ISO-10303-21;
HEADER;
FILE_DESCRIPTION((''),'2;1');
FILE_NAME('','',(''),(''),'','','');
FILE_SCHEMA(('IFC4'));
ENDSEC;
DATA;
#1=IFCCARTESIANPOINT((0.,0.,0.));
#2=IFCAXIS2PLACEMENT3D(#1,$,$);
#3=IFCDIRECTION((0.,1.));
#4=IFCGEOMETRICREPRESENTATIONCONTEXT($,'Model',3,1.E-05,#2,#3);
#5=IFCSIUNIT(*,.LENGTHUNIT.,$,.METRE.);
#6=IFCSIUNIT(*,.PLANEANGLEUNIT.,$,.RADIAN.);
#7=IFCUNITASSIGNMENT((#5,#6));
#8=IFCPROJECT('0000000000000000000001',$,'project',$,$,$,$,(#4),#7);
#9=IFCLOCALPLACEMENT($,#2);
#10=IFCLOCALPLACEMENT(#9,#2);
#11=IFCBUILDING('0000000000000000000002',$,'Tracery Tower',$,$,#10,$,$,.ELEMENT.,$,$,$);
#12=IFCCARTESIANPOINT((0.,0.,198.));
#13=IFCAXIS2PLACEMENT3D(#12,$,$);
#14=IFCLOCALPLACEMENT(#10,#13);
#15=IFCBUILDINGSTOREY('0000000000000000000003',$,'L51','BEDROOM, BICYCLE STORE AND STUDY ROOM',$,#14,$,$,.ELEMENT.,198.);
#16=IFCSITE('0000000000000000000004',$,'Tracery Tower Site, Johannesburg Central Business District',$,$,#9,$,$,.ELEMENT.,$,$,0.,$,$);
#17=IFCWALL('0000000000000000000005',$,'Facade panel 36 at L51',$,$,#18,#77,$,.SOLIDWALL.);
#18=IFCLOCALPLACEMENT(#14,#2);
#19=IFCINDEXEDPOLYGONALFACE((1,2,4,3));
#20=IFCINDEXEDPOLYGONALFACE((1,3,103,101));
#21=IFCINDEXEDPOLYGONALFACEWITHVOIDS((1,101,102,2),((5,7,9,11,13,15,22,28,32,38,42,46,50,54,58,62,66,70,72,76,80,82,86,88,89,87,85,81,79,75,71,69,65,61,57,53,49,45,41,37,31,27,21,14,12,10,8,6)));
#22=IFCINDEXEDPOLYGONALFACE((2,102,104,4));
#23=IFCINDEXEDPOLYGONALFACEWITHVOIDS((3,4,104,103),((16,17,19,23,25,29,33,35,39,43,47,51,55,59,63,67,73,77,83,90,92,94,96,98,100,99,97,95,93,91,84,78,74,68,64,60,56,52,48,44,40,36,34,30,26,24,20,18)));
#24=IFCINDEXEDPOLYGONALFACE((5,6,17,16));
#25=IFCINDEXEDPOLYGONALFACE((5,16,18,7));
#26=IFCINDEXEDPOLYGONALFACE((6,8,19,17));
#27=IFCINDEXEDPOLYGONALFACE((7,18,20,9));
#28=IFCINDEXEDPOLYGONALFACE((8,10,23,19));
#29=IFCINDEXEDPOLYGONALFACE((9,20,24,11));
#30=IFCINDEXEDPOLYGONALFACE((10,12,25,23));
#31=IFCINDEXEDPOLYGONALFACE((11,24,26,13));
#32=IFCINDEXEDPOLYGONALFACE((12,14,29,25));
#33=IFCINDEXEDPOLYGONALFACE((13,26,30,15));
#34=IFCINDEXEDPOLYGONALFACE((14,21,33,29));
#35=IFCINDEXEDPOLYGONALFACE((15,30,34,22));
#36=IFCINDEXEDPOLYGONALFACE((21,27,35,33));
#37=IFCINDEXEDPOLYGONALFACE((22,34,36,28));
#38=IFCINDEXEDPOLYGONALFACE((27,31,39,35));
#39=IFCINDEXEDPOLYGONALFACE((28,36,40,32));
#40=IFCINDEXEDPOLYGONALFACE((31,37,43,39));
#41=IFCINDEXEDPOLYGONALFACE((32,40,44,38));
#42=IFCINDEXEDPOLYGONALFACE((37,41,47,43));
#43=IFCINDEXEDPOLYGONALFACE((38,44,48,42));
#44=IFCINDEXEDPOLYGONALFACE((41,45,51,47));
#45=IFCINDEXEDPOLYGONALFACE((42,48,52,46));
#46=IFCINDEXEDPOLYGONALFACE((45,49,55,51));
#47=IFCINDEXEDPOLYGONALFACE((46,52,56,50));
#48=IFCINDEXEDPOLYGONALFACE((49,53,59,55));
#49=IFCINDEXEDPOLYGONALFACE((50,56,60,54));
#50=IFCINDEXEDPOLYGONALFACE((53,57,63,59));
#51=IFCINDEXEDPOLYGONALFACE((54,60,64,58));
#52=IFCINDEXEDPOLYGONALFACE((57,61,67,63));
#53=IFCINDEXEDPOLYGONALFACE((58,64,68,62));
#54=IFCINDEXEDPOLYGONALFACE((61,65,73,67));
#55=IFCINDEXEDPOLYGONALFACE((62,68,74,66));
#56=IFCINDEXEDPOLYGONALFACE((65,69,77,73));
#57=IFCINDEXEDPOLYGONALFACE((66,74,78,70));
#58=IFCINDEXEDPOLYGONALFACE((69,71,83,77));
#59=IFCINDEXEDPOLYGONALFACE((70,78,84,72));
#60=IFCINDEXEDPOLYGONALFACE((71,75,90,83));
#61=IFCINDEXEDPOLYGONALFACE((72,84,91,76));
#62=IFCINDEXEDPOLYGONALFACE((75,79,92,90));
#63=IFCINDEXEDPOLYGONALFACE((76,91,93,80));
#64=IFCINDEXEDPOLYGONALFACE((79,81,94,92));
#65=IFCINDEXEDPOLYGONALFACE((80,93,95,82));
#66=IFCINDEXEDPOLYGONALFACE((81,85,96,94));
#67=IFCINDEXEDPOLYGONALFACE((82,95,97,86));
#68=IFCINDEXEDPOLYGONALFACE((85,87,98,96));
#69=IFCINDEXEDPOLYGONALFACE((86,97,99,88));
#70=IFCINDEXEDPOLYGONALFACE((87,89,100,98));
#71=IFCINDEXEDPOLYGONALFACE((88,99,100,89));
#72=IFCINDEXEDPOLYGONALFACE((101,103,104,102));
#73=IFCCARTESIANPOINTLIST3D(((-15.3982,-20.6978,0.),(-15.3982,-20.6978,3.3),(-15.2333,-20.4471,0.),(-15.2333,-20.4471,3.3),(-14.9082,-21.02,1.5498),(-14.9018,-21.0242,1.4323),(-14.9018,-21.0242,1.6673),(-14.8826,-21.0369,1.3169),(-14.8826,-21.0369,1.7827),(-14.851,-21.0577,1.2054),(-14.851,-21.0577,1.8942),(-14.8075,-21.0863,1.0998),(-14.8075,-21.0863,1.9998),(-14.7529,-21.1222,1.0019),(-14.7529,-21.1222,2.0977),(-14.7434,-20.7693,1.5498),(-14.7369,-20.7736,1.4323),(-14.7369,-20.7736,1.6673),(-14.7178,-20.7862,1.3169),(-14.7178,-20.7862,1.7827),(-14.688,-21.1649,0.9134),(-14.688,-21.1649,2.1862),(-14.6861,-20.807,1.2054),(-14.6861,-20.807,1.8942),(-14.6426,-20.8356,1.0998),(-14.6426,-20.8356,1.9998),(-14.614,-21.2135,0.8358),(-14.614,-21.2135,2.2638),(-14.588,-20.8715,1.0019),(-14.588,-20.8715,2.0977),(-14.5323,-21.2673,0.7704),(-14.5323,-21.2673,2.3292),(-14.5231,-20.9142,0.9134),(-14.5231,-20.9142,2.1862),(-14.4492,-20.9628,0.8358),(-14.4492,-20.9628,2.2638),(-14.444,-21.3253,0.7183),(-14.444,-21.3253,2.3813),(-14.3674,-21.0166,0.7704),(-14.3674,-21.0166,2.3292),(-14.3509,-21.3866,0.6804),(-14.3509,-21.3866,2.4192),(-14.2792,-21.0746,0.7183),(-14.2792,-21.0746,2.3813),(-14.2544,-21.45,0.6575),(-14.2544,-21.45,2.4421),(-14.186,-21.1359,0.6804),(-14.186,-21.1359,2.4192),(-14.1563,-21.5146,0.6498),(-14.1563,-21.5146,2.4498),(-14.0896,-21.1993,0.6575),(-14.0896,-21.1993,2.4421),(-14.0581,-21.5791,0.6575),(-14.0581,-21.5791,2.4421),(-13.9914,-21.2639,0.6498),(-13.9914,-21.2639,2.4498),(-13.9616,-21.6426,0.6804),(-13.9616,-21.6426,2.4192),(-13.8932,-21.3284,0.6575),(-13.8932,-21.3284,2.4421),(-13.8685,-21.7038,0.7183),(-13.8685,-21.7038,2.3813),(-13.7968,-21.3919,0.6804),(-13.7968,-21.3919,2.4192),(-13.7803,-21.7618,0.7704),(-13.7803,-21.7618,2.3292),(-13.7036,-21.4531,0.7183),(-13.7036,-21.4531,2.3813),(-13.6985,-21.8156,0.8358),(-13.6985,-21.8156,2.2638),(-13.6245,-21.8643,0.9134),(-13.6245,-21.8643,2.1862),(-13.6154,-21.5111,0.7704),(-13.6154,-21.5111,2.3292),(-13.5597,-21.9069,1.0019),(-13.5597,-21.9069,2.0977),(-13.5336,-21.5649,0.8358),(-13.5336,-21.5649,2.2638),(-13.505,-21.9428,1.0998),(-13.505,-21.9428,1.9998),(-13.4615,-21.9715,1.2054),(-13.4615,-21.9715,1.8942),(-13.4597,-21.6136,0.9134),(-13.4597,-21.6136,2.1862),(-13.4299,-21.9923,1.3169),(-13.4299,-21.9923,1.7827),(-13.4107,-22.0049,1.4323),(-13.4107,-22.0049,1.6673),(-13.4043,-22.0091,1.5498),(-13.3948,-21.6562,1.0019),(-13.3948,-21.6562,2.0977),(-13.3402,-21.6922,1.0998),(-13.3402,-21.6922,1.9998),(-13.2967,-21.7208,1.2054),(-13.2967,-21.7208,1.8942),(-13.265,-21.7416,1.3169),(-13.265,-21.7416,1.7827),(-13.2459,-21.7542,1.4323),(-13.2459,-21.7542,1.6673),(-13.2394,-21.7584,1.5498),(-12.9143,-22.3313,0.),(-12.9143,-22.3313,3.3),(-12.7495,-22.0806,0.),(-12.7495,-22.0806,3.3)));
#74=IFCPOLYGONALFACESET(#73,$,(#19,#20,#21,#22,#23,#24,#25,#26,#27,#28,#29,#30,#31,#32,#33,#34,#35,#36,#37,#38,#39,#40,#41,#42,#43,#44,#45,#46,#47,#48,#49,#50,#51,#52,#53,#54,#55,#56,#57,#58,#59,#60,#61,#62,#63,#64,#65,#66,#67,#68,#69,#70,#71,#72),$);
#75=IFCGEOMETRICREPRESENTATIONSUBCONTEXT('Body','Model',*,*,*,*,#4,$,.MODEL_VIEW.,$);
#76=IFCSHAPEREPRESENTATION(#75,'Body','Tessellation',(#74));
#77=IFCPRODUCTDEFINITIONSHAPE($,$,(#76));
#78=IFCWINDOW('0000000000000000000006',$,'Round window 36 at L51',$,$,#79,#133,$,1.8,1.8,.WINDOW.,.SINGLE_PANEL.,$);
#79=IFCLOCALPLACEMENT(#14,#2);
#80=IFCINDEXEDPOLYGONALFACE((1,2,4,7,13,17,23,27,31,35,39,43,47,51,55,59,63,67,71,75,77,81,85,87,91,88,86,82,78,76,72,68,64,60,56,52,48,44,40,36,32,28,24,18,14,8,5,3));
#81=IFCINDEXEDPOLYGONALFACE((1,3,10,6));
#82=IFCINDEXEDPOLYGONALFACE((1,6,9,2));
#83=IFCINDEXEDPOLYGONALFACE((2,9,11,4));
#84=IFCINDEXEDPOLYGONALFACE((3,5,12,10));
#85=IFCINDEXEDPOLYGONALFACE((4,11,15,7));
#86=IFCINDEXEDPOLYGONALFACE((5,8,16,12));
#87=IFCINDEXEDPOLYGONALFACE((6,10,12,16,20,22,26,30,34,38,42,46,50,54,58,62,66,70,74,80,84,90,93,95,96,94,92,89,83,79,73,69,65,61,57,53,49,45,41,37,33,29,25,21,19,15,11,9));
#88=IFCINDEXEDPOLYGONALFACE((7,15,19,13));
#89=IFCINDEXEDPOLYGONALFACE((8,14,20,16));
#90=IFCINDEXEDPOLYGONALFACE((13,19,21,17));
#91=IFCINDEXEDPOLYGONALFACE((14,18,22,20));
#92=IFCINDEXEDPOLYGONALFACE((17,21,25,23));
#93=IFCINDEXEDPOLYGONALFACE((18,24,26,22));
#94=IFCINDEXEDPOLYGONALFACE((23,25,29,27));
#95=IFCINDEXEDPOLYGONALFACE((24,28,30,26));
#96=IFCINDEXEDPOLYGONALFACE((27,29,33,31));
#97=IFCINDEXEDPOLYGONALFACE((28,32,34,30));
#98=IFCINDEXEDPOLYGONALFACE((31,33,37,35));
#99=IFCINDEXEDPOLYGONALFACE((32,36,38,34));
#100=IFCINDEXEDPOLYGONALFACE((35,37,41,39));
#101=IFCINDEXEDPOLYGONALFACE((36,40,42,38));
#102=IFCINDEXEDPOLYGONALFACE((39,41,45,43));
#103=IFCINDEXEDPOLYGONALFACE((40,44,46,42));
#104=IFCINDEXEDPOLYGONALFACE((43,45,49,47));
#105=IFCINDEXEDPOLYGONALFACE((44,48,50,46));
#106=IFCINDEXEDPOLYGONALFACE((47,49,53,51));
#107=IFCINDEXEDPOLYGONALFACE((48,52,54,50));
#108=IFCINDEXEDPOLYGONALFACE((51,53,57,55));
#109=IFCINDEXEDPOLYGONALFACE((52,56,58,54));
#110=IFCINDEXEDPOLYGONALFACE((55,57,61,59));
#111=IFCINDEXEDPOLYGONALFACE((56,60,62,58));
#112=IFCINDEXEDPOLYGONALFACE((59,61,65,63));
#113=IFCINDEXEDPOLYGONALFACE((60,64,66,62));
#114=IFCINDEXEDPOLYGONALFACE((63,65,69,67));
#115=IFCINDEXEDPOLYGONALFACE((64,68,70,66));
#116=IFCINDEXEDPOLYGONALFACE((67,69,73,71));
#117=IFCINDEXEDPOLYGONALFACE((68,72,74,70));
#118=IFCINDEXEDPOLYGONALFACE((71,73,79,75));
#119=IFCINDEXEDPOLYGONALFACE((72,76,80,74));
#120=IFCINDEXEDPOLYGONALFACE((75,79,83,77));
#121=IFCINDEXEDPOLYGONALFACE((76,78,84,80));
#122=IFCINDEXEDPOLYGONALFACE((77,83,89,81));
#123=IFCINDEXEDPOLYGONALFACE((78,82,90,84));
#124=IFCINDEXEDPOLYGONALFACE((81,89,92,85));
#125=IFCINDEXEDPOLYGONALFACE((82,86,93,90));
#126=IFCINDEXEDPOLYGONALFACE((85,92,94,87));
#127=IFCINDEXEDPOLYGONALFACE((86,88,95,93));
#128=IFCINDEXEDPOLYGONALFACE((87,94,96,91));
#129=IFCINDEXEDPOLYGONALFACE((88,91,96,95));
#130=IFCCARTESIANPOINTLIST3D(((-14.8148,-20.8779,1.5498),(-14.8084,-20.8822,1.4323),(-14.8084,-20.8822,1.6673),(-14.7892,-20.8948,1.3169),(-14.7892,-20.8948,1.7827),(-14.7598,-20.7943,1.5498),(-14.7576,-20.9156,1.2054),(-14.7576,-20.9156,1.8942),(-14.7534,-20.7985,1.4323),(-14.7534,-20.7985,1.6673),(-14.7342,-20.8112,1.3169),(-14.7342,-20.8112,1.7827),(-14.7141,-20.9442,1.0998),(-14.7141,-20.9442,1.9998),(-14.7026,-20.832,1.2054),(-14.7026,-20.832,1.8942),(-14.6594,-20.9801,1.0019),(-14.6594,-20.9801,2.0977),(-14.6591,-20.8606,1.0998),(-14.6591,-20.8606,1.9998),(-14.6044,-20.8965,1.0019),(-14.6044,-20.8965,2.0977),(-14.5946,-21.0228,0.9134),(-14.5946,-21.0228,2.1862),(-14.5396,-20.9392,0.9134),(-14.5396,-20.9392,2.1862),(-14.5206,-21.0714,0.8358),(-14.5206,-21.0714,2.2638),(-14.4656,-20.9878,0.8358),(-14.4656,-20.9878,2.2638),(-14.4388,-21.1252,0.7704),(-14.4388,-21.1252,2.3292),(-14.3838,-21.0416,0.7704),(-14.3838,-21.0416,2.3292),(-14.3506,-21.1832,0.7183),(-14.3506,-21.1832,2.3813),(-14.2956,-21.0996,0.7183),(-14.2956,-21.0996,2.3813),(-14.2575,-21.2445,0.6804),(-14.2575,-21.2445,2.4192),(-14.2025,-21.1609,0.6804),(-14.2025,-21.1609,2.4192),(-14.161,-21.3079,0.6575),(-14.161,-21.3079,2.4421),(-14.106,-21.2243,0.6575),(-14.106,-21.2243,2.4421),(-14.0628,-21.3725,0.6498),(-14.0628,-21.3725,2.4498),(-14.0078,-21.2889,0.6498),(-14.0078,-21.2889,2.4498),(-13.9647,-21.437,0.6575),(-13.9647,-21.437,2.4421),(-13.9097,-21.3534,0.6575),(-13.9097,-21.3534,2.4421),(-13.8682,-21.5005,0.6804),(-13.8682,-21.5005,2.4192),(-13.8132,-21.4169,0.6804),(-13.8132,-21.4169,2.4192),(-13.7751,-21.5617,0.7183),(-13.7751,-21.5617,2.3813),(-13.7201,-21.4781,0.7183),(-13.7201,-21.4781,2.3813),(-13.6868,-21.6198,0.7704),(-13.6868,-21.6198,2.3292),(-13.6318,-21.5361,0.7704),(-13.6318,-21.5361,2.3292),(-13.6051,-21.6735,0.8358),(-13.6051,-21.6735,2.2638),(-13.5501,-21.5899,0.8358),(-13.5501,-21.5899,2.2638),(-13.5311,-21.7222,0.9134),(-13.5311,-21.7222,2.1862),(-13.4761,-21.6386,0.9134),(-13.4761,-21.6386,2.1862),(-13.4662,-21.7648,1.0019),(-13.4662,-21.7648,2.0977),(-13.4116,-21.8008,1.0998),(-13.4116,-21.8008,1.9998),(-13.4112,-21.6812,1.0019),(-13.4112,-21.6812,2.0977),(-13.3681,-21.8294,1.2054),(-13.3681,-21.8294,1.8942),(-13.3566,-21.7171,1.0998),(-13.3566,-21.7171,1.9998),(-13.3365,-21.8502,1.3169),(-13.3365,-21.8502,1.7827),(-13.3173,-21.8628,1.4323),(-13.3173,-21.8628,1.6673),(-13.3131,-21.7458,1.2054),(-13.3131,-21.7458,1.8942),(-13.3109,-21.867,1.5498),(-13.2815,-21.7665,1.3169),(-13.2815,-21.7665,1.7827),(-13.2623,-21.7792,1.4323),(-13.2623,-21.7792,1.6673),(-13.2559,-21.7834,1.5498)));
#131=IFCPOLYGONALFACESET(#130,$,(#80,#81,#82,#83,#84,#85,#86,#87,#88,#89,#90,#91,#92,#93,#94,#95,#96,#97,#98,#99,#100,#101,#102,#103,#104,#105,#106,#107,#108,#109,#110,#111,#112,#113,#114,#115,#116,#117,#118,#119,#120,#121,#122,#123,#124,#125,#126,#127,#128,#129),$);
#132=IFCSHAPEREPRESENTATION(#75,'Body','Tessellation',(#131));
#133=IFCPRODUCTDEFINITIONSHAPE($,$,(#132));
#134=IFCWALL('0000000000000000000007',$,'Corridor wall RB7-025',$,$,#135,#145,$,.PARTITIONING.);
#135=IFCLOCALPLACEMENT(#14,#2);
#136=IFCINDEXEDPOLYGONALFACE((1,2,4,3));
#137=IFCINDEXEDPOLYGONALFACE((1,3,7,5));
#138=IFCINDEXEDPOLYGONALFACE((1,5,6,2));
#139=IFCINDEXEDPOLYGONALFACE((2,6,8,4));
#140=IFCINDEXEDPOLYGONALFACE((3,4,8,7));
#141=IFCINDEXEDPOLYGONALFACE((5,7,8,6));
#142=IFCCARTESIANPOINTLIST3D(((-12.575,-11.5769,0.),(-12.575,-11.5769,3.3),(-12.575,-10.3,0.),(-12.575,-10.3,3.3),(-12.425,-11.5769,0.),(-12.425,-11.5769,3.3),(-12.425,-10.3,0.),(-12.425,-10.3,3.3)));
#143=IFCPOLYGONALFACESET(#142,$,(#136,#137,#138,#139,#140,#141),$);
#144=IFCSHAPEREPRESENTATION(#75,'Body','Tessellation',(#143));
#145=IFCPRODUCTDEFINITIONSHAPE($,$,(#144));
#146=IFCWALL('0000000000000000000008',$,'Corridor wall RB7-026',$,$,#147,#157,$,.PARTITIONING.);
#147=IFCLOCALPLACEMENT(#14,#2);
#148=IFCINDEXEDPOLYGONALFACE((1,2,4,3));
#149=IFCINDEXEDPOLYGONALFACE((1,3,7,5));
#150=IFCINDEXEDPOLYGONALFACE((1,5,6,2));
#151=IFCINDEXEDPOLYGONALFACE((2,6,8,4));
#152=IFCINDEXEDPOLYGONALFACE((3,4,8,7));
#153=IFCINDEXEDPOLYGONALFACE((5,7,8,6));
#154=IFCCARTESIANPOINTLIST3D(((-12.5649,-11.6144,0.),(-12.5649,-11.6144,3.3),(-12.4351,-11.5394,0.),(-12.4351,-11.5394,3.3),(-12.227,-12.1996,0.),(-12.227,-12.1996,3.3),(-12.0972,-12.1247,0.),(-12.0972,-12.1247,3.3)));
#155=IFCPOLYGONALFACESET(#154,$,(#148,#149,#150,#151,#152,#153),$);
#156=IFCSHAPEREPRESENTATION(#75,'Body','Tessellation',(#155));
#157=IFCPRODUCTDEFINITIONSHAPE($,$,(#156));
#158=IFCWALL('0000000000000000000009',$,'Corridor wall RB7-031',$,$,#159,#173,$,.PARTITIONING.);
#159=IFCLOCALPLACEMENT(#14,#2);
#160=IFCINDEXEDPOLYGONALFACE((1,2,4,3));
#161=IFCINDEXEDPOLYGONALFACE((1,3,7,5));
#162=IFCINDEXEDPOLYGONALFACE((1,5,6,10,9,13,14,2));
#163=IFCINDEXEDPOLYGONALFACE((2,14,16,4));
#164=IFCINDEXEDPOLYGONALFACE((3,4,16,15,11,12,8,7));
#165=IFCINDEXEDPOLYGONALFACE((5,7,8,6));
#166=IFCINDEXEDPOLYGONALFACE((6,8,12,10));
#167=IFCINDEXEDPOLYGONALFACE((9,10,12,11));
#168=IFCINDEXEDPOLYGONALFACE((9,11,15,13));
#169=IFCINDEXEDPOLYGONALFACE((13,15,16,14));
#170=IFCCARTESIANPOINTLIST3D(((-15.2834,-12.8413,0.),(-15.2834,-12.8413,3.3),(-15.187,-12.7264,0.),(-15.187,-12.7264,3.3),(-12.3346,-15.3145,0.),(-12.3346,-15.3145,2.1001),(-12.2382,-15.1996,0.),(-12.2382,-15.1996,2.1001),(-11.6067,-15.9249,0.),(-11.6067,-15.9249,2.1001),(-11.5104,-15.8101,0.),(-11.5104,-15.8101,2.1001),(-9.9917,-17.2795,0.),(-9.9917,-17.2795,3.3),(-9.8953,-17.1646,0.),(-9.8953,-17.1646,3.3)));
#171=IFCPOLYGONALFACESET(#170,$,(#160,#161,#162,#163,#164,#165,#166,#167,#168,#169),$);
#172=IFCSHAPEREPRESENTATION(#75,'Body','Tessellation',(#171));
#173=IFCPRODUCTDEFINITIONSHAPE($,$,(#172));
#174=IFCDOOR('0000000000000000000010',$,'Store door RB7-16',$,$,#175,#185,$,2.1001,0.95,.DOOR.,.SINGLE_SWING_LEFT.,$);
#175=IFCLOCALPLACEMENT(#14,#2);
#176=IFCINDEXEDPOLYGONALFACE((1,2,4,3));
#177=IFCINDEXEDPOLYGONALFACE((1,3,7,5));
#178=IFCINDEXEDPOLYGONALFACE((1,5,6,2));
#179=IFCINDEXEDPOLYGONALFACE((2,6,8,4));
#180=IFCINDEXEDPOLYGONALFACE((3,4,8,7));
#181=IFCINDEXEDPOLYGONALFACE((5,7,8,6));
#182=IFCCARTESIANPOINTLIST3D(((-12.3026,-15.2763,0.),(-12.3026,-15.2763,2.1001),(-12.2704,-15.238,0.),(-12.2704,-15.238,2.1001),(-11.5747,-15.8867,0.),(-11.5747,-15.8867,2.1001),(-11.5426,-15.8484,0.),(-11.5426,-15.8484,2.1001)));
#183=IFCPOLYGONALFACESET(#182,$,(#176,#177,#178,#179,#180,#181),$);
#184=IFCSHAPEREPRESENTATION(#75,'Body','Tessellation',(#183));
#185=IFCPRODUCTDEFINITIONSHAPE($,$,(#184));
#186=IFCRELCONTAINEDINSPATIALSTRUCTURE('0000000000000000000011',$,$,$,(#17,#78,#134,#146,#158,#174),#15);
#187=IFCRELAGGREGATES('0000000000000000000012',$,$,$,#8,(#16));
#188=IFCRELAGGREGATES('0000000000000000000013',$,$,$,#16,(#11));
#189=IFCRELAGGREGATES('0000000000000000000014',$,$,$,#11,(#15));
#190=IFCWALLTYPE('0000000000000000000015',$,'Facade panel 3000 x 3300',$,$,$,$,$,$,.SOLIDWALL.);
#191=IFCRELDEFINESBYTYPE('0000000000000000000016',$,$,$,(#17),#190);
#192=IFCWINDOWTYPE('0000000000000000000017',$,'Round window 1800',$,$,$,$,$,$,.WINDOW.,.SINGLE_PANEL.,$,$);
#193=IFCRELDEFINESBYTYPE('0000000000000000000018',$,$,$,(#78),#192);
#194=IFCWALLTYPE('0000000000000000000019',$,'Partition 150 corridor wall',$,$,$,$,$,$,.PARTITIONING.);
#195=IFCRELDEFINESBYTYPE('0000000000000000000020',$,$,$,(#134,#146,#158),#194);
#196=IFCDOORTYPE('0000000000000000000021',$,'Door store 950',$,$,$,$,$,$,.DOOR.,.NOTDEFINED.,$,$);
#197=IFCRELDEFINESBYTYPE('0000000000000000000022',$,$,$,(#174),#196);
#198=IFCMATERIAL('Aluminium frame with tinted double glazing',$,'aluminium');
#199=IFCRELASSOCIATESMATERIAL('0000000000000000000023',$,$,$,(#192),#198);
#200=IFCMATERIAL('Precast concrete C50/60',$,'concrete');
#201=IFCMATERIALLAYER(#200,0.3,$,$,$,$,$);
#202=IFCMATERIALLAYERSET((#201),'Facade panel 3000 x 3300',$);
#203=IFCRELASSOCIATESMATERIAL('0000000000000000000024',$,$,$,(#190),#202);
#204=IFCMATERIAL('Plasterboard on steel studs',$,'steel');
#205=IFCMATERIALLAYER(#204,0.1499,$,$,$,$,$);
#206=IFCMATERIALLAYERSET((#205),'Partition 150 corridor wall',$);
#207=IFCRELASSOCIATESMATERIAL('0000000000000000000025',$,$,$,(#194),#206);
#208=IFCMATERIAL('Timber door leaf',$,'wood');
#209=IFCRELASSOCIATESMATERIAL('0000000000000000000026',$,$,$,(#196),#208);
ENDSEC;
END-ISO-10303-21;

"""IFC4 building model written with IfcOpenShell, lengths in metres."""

from ifc_helpers import new_model, si_unit, direction, frame, frame_2d, origin, origin_2d, place, context, subcontext, project, spatial, rectangle, circle, extrude, material, layer, layer_set, type_object, element, fill, save


model = new_model("IFC4")

# Units and contexts
model_context = context("Model", 3, precision=1e-05, world=origin(), true_north=direction((0.0, 1.0)))
body_context = subcontext(model_context, "Body", "Model", "MODEL_VIEW")
ifc_project = project(units=[si_unit("LENGTHUNIT", "METRE"), si_unit("PLANEANGLEUNIT", "RADIAN")], contexts=[model_context])

# Site, building, storey
site_placement = place(None, origin())
site = spatial("IfcSite", under=ifc_project, at=site_placement, Name="Tracery Tower Site, Johannesburg Central Business District", CompositionType="ELEMENT", RefElevation=0.0)
building_placement = place(site_placement, origin())
building = spatial("IfcBuilding", under=site, at=building_placement, Name="Tracery Tower", CompositionType="ELEMENT")
storey_placement = place(building_placement, frame((0.0, 0.0, 198.0)))
storey = spatial("IfcBuildingStorey", under=building, at=storey_placement, Name="L51", Description="BEDROOM, BICYCLE STORE AND STUDY ROOM", CompositionType="ELEMENT", Elevation=198.0)

# Wall, opening, window
ifc_material_1 = material(Name="Aluminium frame with tinted double glazing", Category="aluminium")
window_type = type_object("IfcWindowType", Name="Round window 1800", PartitioningType="SINGLE_PANEL", PredefinedType="WINDOW", material=ifc_material_1)
ifc_material_2 = material(Name="Precast concrete C50/60", Category="concrete")
ifc_layer_1 = layer(ifc_material_2, 0.3)
ifc_layer_set_1 = layer_set([ifc_layer_1], Name="Facade panel 3000 x 3300")
wall_type_1 = type_object("IfcWallType", Name="Facade panel 3000 x 3300", PredefinedType="SOLIDWALL", material=ifc_layer_set_1)
wall_1_placement = place(storey_placement, frame((-15.3157, -20.5725, 0.0), z_axis=(0.0, 0.0, 1.0), x_axis=(0.835508, -0.549478, 0.0)))
wall_1 = element("IfcWall", 1, at=wall_1_placement, inside=storey, type_object=wall_type_1, Name="Facade panel 36 at L51", PredefinedType="SOLIDWALL", context=body_context, shape_type="SweptSolid", body=[
    extrude(rectangle(XDim=2.9729, YDim=0.3, at=frame_2d((1.4863, 0.0))), origin(), (0.0, 0.0, 1.0), 3.3),
])
opening_1_placement = place(wall_1_placement, frame((1.4863, 0.0, 1.5498)))
opening_1 = element("IfcOpeningElement", 2, at=opening_1_placement, cuts=wall_1, PredefinedType="OPENING", context=body_context, shape_type="SweptSolid", body=[
    extrude(circle(Radius=0.9, at=origin_2d()), frame((0.0, 0.1599, 0.0), z_axis=(0.0, -1.0, 0.0), x_axis=(1.0, 0.0, 0.0)), (0.0, 0.0, 1.0), 0.3201),
])
window_1_placement = place(opening_1_placement, origin())
window_1 = element("IfcWindow", 3, at=window_1_placement, inside=storey, type_object=window_type, Name="Round window 36 at L51", OverallHeight=1.8, OverallWidth=1.8, PartitioningType="SINGLE_PANEL", PredefinedType="WINDOW", context=body_context, shape_type="SweptSolid", body=[
    extrude(circle(Radius=0.9, at=origin_2d()), frame((0.0, 0.1201, 0.0), z_axis=(0.0, -1.0, 0.0), x_axis=(1.0, 0.0, 0.0)), (0.0, 0.0, 1.0), 0.1001),
])
fill(opening_1, window_1)

# Walls
ifc_material_3 = material(Name="Plasterboard on steel studs", Category="steel")
ifc_layer_2 = layer(ifc_material_3, 0.1499)
ifc_layer_set_2 = layer_set([ifc_layer_2], Name="Partition 150 corridor wall")
wall_type_2 = type_object("IfcWallType", Name="Partition 150 corridor wall", PredefinedType="PARTITIONING", material=ifc_layer_set_2)
wall_2_placement = place(storey_placement, frame((-12.5, -11.5769, 0.0), z_axis=(0.0, 0.0, 1.0), x_axis=(0.0, 1.0, 0.0)))
element("IfcWall", 4, at=wall_2_placement, inside=storey, type_object=wall_type_2, Name="Corridor wall RB7-025", PredefinedType="PARTITIONING", context=body_context, shape_type="SweptSolid", body=[
    extrude(rectangle(XDim=1.2769, YDim=0.1499, at=frame_2d((0.6384, 0.0))), origin(), (0.0, 0.0, 1.0), 3.3),
])
wall_3_placement = place(storey_placement, frame((-12.5, -11.5769, 0.0), z_axis=(0.0, 0.0, 1.0), x_axis=(0.500025, -0.866011, 0.0)))
element("IfcWall", 5, at=wall_3_placement, inside=storey, type_object=wall_type_2, Name="Corridor wall RB7-026", PredefinedType="PARTITIONING", context=body_context, shape_type="SweptSolid", body=[
    extrude(rectangle(XDim=0.6758, YDim=0.1499, at=frame_2d((0.3379, 0.0))), origin(), (0.0, 0.0, 1.0), 3.3),
])

# Wall, opening, door
wall_4_placement = place(storey_placement, frame((-15.2351, -12.7839, 0.0), z_axis=(0.0, 0.0, 1.0), x_axis=(0.766192, -0.642612, 0.0)))
wall_4 = element("IfcWall", 6, at=wall_4_placement, inside=storey, type_object=wall_type_2, Name="Corridor wall RB7-031", PredefinedType="PARTITIONING", context=body_context, shape_type="SweptSolid", body=[
    extrude(rectangle(XDim=6.9065, YDim=0.1499, at=frame_2d((3.4531, 0.0))), origin(), (0.0, 0.0, 1.0), 3.3),
])
opening_2_placement = place(wall_4_placement, frame((3.8484, 0.0, 0.0)))
opening_2 = element("IfcOpeningElement", 7, at=opening_2_placement, cuts=wall_4, PredefinedType="OPENING", context=body_context, shape_type="SweptSolid", body=[
    extrude(rectangle(XDim=0.95, YDim=2.1001, at=frame_2d((0.4751, 1.05))), frame((0.0, 0.075, 0.0), z_axis=(0.0, -1.0, 0.0), x_axis=(1.0, 0.0, 0.0)), (0.0, 0.0, 1.0), 0.1499),
])
ifc_material_4 = material(Name="Timber door leaf", Category="wood")
door_type = type_object("IfcDoorType", Name="Door store 950", OperationType="NOTDEFINED", PredefinedType="DOOR", material=ifc_material_4)
door_placement = place(opening_2_placement, origin())
door = element("IfcDoor", 8, at=door_placement, inside=storey, type_object=door_type, Name="Store door RB7-16", OperationType="SINGLE_SWING_LEFT", OverallHeight=2.1001, OverallWidth=0.95, PredefinedType="DOOR", context=body_context, shape_type="SweptSolid", body=[
    extrude(rectangle(XDim=0.95, YDim=2.1001, at=frame_2d((0.4751, 1.05))), frame((0.0, 0.0249, 0.0), z_axis=(0.0, -1.0, 0.0), x_axis=(1.0, 0.0, 0.0)), (0.0, 0.0, 1.0), 0.05),
])
fill(opening_2, door)

save(model, "model.ifc")
